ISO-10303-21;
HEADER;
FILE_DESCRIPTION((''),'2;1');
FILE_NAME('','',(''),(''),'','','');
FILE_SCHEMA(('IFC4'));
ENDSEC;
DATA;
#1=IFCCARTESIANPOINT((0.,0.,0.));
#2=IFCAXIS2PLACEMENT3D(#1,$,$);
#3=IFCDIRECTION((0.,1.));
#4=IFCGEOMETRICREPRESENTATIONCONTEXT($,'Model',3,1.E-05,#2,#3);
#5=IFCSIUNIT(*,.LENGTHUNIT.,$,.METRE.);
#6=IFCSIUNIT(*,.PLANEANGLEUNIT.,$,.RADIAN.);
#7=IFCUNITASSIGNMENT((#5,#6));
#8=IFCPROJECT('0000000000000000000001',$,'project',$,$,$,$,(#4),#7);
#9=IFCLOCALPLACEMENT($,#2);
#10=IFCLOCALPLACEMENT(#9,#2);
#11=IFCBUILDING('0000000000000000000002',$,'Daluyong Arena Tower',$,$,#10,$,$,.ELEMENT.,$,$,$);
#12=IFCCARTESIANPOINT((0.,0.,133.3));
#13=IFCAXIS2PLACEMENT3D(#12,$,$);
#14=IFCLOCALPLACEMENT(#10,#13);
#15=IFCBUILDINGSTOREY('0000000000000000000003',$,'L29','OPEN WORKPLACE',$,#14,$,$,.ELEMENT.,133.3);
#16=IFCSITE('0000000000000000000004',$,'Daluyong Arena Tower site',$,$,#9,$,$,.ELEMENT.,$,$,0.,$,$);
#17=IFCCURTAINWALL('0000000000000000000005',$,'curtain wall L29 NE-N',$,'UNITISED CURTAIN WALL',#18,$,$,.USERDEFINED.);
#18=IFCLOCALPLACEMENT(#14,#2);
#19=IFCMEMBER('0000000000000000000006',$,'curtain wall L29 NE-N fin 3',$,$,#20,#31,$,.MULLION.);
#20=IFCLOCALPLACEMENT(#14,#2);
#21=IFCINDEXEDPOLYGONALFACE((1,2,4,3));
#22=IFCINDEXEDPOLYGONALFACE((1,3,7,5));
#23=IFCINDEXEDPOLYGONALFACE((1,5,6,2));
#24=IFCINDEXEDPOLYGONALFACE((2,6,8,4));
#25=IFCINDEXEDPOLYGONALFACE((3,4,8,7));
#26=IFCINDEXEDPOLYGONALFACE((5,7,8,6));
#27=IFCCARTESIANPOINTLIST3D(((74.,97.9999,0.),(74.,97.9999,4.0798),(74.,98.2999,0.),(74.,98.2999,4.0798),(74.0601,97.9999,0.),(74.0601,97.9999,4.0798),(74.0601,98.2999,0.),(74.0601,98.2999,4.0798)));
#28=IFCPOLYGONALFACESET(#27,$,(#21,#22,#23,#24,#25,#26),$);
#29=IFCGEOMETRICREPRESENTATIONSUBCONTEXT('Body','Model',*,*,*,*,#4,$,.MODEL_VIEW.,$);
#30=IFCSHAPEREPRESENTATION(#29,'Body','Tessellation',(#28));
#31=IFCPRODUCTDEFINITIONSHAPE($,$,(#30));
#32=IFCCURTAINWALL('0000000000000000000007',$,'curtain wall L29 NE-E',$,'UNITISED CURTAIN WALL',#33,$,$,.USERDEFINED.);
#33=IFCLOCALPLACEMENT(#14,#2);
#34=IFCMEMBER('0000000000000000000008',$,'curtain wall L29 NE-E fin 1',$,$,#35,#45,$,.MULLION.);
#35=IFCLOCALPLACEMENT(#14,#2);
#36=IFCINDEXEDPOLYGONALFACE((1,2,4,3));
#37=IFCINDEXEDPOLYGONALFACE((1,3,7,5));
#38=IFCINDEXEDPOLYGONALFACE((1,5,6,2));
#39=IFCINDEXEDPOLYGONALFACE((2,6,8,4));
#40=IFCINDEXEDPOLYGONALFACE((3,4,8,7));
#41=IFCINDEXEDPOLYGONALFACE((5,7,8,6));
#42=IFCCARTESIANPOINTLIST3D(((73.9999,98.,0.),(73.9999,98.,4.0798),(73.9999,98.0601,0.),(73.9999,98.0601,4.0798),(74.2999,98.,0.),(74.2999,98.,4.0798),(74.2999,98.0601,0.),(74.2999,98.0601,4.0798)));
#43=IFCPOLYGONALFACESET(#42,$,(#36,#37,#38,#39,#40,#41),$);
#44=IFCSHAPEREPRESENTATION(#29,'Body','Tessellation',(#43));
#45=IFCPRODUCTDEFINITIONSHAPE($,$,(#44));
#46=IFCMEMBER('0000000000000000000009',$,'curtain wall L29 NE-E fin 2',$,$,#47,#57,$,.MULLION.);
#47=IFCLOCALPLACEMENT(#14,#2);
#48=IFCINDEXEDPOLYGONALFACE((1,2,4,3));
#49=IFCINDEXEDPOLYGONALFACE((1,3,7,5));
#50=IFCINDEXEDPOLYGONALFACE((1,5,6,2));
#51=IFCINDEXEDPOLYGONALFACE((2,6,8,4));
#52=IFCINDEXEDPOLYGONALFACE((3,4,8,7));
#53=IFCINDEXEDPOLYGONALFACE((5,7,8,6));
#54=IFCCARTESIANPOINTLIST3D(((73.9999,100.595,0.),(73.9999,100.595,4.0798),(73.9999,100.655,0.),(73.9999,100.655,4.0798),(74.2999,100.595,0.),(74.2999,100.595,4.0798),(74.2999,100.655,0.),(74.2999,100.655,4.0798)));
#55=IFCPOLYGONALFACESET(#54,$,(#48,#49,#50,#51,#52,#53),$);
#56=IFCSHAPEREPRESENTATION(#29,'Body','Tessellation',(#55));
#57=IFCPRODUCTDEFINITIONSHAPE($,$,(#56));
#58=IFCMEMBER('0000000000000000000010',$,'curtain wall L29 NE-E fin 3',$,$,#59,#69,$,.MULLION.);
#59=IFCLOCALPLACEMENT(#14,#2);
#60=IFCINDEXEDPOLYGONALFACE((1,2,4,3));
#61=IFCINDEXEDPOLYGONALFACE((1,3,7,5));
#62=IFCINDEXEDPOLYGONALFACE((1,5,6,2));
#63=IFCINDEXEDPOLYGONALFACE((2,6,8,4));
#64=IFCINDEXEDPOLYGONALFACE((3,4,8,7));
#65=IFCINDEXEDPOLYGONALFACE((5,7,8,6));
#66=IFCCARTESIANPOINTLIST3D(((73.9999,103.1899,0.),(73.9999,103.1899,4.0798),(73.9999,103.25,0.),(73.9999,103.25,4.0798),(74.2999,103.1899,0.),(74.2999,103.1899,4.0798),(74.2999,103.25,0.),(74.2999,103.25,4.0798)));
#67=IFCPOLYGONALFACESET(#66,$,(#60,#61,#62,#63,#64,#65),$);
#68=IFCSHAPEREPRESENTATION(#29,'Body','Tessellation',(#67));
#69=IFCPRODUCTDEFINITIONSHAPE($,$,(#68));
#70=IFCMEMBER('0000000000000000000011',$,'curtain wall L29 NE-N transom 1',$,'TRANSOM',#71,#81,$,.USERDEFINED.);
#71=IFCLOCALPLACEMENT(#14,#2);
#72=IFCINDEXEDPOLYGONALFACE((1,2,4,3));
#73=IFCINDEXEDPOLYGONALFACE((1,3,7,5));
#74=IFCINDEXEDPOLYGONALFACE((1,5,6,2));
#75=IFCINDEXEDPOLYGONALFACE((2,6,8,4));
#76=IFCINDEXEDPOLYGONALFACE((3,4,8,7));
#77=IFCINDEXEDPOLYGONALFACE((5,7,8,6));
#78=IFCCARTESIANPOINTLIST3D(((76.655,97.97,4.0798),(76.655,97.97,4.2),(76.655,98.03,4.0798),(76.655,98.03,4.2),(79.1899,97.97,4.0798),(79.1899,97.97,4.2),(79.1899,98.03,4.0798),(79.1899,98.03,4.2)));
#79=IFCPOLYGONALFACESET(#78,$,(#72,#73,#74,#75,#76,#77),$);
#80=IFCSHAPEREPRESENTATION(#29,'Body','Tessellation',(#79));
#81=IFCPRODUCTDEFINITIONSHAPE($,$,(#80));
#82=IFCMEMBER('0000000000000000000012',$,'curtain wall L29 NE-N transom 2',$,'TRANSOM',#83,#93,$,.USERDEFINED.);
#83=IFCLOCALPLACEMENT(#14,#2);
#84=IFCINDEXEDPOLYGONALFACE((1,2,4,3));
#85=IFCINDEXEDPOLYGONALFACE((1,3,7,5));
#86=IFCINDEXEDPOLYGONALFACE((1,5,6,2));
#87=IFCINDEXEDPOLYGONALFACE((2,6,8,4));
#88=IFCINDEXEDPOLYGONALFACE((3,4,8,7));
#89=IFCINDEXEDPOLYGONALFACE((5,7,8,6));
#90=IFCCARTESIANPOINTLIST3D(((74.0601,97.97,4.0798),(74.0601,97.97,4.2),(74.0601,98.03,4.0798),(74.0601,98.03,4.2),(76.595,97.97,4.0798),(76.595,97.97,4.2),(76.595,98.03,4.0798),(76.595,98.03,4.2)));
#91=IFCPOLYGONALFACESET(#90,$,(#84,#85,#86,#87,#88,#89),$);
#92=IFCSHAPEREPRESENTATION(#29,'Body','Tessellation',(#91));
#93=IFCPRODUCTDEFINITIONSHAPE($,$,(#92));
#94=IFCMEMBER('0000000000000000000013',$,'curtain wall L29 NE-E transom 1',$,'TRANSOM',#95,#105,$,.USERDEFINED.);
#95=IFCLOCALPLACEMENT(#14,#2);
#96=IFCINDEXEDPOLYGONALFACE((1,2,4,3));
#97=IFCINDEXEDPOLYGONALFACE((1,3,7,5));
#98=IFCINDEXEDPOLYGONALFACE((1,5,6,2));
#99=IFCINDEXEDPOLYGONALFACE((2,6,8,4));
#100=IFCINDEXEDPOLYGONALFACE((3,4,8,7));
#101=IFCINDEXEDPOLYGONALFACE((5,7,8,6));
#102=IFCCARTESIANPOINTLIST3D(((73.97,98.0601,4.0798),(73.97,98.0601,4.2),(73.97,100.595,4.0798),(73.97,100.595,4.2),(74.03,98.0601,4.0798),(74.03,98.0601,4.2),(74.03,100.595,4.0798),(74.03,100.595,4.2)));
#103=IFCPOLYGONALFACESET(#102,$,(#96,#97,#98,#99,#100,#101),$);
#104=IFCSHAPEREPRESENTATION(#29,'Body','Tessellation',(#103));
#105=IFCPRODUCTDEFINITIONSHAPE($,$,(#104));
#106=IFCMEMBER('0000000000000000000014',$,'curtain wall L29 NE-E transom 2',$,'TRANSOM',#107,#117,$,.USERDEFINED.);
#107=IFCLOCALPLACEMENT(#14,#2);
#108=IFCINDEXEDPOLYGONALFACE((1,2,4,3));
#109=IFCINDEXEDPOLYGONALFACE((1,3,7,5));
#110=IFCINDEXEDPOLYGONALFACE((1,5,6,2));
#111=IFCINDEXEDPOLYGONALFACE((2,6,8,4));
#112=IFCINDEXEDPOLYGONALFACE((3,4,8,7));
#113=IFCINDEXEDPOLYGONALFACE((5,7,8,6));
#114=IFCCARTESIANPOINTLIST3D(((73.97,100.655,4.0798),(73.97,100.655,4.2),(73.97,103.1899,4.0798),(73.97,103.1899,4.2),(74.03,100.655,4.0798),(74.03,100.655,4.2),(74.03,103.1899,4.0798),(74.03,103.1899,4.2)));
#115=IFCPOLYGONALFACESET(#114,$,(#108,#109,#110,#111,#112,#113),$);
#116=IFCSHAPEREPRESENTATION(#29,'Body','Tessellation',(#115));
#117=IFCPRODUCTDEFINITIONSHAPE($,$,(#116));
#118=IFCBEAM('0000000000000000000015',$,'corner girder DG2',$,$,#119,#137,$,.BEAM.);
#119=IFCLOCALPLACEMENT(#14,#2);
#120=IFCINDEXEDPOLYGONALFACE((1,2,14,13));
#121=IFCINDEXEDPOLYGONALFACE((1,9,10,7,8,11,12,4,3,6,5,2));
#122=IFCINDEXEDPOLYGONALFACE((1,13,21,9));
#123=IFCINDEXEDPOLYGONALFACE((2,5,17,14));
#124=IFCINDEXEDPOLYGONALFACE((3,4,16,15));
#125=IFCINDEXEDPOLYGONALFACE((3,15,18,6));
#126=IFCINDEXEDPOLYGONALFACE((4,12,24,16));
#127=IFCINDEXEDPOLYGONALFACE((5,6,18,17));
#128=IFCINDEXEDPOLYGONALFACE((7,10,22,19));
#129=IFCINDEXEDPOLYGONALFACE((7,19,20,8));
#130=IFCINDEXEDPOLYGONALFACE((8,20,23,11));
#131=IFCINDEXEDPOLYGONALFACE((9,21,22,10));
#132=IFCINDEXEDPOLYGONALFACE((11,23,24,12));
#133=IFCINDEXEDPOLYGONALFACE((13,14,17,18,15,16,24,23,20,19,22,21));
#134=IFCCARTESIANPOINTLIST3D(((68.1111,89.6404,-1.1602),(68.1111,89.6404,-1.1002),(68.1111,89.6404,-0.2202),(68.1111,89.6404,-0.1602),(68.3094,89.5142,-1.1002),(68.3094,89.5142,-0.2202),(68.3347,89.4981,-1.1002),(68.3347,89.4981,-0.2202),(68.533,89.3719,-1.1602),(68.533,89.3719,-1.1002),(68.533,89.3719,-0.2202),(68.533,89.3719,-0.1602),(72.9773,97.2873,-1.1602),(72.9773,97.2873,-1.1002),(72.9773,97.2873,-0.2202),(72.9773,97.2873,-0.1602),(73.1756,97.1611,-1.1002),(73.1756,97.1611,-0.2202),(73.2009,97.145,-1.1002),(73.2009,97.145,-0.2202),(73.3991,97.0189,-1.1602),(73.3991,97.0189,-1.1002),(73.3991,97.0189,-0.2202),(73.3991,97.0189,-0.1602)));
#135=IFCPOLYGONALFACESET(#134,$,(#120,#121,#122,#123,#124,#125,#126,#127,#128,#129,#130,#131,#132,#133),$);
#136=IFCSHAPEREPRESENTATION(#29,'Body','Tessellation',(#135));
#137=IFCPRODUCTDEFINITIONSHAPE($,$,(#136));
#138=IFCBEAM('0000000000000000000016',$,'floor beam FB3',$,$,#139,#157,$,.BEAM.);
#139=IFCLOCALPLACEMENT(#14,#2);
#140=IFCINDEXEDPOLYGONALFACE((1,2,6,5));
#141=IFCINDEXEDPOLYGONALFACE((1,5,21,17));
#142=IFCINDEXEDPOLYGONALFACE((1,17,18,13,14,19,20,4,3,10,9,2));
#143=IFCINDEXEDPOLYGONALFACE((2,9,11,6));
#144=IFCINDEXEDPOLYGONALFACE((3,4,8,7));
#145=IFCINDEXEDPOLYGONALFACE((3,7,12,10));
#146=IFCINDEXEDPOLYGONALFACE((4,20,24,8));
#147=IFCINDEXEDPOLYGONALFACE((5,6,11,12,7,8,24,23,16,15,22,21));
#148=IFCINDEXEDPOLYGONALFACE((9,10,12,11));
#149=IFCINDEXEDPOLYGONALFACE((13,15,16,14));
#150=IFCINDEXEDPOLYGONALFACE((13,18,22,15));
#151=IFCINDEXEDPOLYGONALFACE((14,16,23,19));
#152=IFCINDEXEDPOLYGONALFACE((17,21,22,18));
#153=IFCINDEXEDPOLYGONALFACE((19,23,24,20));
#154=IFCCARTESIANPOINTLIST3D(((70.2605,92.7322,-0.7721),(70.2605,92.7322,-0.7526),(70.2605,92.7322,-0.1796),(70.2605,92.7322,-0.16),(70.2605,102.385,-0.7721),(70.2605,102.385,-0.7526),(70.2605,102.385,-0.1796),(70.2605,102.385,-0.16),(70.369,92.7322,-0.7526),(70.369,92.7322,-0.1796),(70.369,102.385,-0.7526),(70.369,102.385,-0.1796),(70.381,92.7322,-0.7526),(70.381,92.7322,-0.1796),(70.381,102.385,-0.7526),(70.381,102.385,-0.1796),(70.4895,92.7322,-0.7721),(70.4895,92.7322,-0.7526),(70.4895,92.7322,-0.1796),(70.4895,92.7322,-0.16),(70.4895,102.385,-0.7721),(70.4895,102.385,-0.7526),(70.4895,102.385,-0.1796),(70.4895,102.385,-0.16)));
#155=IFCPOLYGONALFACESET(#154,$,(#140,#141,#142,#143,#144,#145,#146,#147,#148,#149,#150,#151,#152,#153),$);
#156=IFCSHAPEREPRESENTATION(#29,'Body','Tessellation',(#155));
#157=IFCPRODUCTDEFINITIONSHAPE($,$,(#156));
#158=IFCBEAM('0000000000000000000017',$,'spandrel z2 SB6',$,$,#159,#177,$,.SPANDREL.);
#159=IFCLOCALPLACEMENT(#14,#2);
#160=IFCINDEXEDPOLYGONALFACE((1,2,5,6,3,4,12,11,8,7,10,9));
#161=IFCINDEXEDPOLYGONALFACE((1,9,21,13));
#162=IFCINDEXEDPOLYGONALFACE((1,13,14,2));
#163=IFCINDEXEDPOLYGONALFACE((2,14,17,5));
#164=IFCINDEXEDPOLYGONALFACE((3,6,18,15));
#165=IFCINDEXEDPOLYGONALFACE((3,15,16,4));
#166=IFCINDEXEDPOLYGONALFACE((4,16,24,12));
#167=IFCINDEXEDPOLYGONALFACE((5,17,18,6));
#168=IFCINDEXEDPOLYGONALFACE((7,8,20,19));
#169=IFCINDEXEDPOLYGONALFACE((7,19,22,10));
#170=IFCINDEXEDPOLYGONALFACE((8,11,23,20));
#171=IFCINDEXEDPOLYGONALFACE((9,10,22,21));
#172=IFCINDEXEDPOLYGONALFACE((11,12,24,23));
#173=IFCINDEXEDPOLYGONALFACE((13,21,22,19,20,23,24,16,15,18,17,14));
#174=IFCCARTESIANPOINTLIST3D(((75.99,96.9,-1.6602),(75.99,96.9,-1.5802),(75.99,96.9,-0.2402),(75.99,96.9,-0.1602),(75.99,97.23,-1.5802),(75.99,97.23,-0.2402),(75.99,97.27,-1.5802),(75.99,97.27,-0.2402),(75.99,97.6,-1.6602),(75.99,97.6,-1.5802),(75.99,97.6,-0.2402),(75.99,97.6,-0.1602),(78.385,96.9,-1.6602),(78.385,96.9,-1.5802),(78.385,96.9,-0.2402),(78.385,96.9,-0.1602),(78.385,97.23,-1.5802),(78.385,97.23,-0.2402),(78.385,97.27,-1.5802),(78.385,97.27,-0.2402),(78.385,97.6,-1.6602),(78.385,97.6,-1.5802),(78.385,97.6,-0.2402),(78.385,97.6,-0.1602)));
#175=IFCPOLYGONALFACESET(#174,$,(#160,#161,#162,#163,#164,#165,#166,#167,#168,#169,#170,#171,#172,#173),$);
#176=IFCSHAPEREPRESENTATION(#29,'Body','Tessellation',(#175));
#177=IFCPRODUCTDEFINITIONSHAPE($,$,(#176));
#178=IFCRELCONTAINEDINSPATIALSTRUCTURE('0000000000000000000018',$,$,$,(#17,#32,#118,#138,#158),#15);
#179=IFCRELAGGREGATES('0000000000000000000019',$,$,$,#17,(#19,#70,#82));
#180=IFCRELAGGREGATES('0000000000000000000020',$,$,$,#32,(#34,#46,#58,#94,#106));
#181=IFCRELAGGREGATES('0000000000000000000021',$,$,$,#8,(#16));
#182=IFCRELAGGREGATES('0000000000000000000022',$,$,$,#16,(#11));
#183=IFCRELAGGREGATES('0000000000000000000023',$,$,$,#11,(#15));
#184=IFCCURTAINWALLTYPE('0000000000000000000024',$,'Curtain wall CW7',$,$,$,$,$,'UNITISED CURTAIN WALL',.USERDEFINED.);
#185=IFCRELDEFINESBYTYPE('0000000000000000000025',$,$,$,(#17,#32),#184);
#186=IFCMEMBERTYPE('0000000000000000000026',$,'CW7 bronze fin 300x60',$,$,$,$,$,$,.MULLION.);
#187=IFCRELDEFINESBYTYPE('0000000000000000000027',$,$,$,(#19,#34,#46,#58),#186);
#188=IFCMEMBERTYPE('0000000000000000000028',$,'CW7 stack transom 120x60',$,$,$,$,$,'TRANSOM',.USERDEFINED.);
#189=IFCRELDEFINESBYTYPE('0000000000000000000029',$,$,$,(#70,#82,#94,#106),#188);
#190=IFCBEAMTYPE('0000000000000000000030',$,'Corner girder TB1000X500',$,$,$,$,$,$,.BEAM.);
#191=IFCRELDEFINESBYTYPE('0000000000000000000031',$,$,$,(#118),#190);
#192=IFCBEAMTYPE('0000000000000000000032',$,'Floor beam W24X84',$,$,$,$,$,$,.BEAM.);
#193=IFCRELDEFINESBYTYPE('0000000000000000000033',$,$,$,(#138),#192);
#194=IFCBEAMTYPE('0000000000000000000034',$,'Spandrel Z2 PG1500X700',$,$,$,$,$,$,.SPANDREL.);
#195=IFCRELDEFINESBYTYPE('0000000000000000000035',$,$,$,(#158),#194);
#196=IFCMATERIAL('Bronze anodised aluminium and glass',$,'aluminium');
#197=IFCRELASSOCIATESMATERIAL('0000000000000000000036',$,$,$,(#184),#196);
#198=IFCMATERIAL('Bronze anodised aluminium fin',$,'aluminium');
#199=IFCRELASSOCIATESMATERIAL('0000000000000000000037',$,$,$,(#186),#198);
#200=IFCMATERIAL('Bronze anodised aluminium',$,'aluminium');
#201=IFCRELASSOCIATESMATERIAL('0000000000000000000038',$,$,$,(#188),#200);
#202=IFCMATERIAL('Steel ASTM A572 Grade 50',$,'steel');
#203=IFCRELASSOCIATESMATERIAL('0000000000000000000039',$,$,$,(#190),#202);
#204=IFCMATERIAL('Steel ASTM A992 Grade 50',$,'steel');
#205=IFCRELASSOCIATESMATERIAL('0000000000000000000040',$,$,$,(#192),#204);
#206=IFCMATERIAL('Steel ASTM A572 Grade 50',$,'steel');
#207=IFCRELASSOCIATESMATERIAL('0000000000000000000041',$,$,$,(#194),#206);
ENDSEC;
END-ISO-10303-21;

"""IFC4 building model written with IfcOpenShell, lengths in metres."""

from ifc_helpers import new_model, si_unit, direction, frame, origin, origin_2d, place, context, subcontext, project, spatial, rectangle, i_section, extrude, material, material_profile, profile_set, type_object, element, aggregate, save


model = new_model("IFC4")

# Units and contexts
model_context = context("Model", 3, precision=1e-05, world=origin(), true_north=direction((0.0, 1.0)))
body_context = subcontext(model_context, "Body", "Model", "MODEL_VIEW")
ifc_project = project(units=[si_unit("LENGTHUNIT", "METRE"), si_unit("PLANEANGLEUNIT", "RADIAN")], contexts=[model_context])

# Site, building, storey
site_placement = place(None, origin())
site = spatial("IfcSite", under=ifc_project, at=site_placement, Name="Daluyong Arena Tower site", CompositionType="ELEMENT", RefElevation=0.0)
building_placement = place(site_placement, origin())
building = spatial("IfcBuilding", under=site, at=building_placement, Name="Daluyong Arena Tower", CompositionType="ELEMENT")
storey_placement = place(building_placement, frame((0.0, 0.0, 133.3)))
storey = spatial("IfcBuildingStorey", under=building, at=storey_placement, Name="L29", Description="OPEN WORKPLACE", CompositionType="ELEMENT", Elevation=133.3)

# Curtain walls, members
ifc_material_1 = material(Name="Bronze anodised aluminium and glass", Category="aluminium")
curtain_wall_type_1 = type_object("IfcCurtainWallType", Name="Curtain wall CW7", ElementType="UNITISED CURTAIN WALL", PredefinedType="USERDEFINED", material=ifc_material_1)
curtain_wall_1_placement = place(storey_placement, origin())
curtain_wall_1 = element("IfcCurtainWall", 1, at=curtain_wall_1_placement, inside=storey, type_object=curtain_wall_type_1, Name="curtain wall L29 NE-N", ObjectType="UNITISED CURTAIN WALL", PredefinedType="USERDEFINED")
ifc_material_2 = material(Name="Bronze anodised aluminium fin", Category="aluminium")
ifc_material_profile_1 = material_profile(ifc_material_2, rectangle(XDim=0.3, YDim=0.0601, at=origin_2d()))
ifc_profile_set_1 = profile_set([ifc_material_profile_1], Name="Bronze anodised aluminium fin")
member_type_1 = type_object("IfcMemberType", Name="CW7 bronze fin 300x60", PredefinedType="MULLION", material=ifc_profile_set_1)
member_1_placement = place(storey_placement, frame((74.03, 98.1499, 0.0), z_axis=(0.0, 0.0, 1.0), x_axis=(0.0, -1.0, 0.0)))
member_1 = element("IfcMember", 2, at=member_1_placement, type_object=member_type_1, Name="curtain wall L29 NE-N fin 3", PredefinedType="MULLION", context=body_context, shape_type="SweptSolid", body=[
    extrude(rectangle(XDim=0.3, YDim=0.0601, at=origin_2d()), origin(), (0.0, 0.0, 1.0), 4.0798),
])
curtain_wall_2_placement = place(storey_placement, origin())
curtain_wall_2 = element("IfcCurtainWall", 3, at=curtain_wall_2_placement, inside=storey, type_object=curtain_wall_type_1, Name="curtain wall L29 NE-E", ObjectType="UNITISED CURTAIN WALL", PredefinedType="USERDEFINED")
member_2_placement = place(storey_placement, frame((74.1499, 98.03, 0.0), z_axis=(0.0, 0.0, 1.0), x_axis=(-1.0, 0.0, 0.0)))
member_2 = element("IfcMember", 4, at=member_2_placement, type_object=member_type_1, Name="curtain wall L29 NE-E fin 1", PredefinedType="MULLION", context=body_context, shape_type="SweptSolid", body=[
    extrude(rectangle(XDim=0.3, YDim=0.0601, at=origin_2d()), origin(), (0.0, 0.0, 1.0), 4.0798),
])
member_3_placement = place(storey_placement, frame((74.1499, 100.625, 0.0), z_axis=(0.0, 0.0, 1.0), x_axis=(-1.0, 0.0, 0.0)))
member_3 = element("IfcMember", 5, at=member_3_placement, type_object=member_type_1, Name="curtain wall L29 NE-E fin 2", PredefinedType="MULLION", context=body_context, shape_type="SweptSolid", body=[
    extrude(rectangle(XDim=0.3, YDim=0.0601, at=origin_2d()), origin(), (0.0, 0.0, 1.0), 4.0798),
])
member_4_placement = place(storey_placement, frame((74.1499, 103.22, 0.0), z_axis=(0.0, 0.0, 1.0), x_axis=(-1.0, 0.0, 0.0)))
member_4 = element("IfcMember", 6, at=member_4_placement, type_object=member_type_1, Name="curtain wall L29 NE-E fin 3", PredefinedType="MULLION", context=body_context, shape_type="SweptSolid", body=[
    extrude(rectangle(XDim=0.3, YDim=0.0601, at=origin_2d()), origin(), (0.0, 0.0, 1.0), 4.0798),
])

# Members
ifc_material_3 = material(Name="Bronze anodised aluminium", Category="aluminium")
ifc_material_profile_2 = material_profile(ifc_material_3, rectangle(XDim=0.0601, YDim=0.1201, at=origin_2d()))
ifc_profile_set_2 = profile_set([ifc_material_profile_2], Name="Bronze anodised aluminium")
member_type_2 = type_object("IfcMemberType", Name="CW7 stack transom 120x60", ElementType="TRANSOM", PredefinedType="USERDEFINED", material=ifc_profile_set_2)
member_5_placement = place(storey_placement, frame((79.1899, 98.0, 4.1399), z_axis=(-1.0, 0.0, 0.0), x_axis=(0.0, -1.0, 0.0)))
member_5 = element("IfcMember", 7, at=member_5_placement, type_object=member_type_2, Name="curtain wall L29 NE-N transom 1", ObjectType="TRANSOM", PredefinedType="USERDEFINED", context=body_context, shape_type="SweptSolid", body=[
    extrude(rectangle(XDim=0.0601, YDim=0.1201, at=origin_2d()), origin(), (0.0, 0.0, 1.0), 2.5349),
])
member_6_placement = place(storey_placement, frame((76.595, 98.0, 4.1399), z_axis=(-1.0, 0.0, 0.0), x_axis=(0.0, -1.0, 0.0)))
member_6 = element("IfcMember", 8, at=member_6_placement, type_object=member_type_2, Name="curtain wall L29 NE-N transom 2", ObjectType="TRANSOM", PredefinedType="USERDEFINED", context=body_context, shape_type="SweptSolid", body=[
    extrude(rectangle(XDim=0.0601, YDim=0.1201, at=origin_2d()), origin(), (0.0, 0.0, 1.0), 2.5349),
])
member_7_placement = place(storey_placement, frame((74.0, 98.0601, 4.1399), z_axis=(0.0, 1.0, 0.0), x_axis=(-1.0, 0.0, 0.0)))
member_7 = element("IfcMember", 9, at=member_7_placement, type_object=member_type_2, Name="curtain wall L29 NE-E transom 1", ObjectType="TRANSOM", PredefinedType="USERDEFINED", context=body_context, shape_type="SweptSolid", body=[
    extrude(rectangle(XDim=0.0601, YDim=0.1201, at=origin_2d()), origin(), (0.0, 0.0, 1.0), 2.5349),
])
member_8_placement = place(storey_placement, frame((74.0, 100.655, 4.1399), z_axis=(0.0, 1.0, 0.0), x_axis=(-1.0, 0.0, 0.0)))
member_8 = element("IfcMember", 10, at=member_8_placement, type_object=member_type_2, Name="curtain wall L29 NE-E transom 2", ObjectType="TRANSOM", PredefinedType="USERDEFINED", context=body_context, shape_type="SweptSolid", body=[
    extrude(rectangle(XDim=0.0601, YDim=0.1201, at=origin_2d()), origin(), (0.0, 0.0, 1.0), 2.5349),
])

# Beams
ifc_material_4 = material(Name="Steel ASTM A572 Grade 50", Category="steel")
ifc_material_profile_3 = material_profile(ifc_material_4, i_section(OverallWidth=0.5, OverallDepth=1.0, WebThickness=0.03, FlangeThickness=0.06, at=origin_2d()))
ifc_profile_set_3 = profile_set([ifc_material_profile_3], Name="Steel ASTM A572 Grade 50")
beam_type_1 = type_object("IfcBeamType", Name="Corner girder TB1000X500", PredefinedType="BEAM", material=ifc_profile_set_3)
beam_1_placement = place(storey_placement, frame((73.1882, 97.1531, -0.6602), z_axis=(-0.536872, -0.843664, 0.0), x_axis=(0.843664, -0.536872, 0.0)))
element("IfcBeam", 11, at=beam_1_placement, inside=storey, type_object=beam_type_1, Name="corner girder DG2", PredefinedType="BEAM", context=body_context, shape_type="SweptSolid", body=[
    extrude(i_section(OverallWidth=0.5, OverallDepth=1.0, WebThickness=0.03, FlangeThickness=0.06, at=origin_2d()), origin(), (0.0, 0.0, 1.0), 9.064),
])
ifc_material_5 = material(Name="Steel ASTM A992 Grade 50", Category="steel")
ifc_material_profile_4 = material_profile(ifc_material_5, i_section(OverallWidth=0.229, OverallDepth=0.6121, WebThickness=0.012, FlangeThickness=0.0195, at=origin_2d()))
ifc_profile_set_4 = profile_set([ifc_material_profile_4], Name="Steel ASTM A992 Grade 50")
beam_type_2 = type_object("IfcBeamType", Name="Floor beam W24X84", PredefinedType="BEAM", material=ifc_profile_set_4)
beam_2_placement = place(storey_placement, frame((70.375, 102.385, -0.4661), z_axis=(0.0, -1.0, 0.0), x_axis=(1.0, 0.0, 0.0)))
element("IfcBeam", 12, at=beam_2_placement, inside=storey, type_object=beam_type_2, Name="floor beam FB3", PredefinedType="BEAM", context=body_context, shape_type="SweptSolid", body=[
    extrude(i_section(OverallWidth=0.229, OverallDepth=0.6121, WebThickness=0.012, FlangeThickness=0.0195, at=origin_2d()), origin(), (0.0, 0.0, 1.0), 9.6528),
])
ifc_material_6 = material(Name="Steel ASTM A572 Grade 50", Category="steel")
ifc_material_profile_5 = material_profile(ifc_material_6, i_section(OverallWidth=0.7, OverallDepth=1.5, WebThickness=0.04, FlangeThickness=0.08, at=origin_2d()))
ifc_profile_set_5 = profile_set([ifc_material_profile_5], Name="Steel ASTM A572 Grade 50")
beam_type_3 = type_object("IfcBeamType", Name="Spandrel Z2 PG1500X700", PredefinedType="SPANDREL", material=ifc_profile_set_5)
for number, where, z_axis, x_axis, name in (
    (13, (78.385, 97.25, -0.9102), (-1.0, 0.0, 0.0), (0.0, -1.0, 0.0), "spandrel z2 SB6"),
):
    element("IfcBeam", number, at=place(storey_placement, frame(where, z_axis=z_axis, x_axis=x_axis)), inside=storey, type_object=beam_type_3, Name=name, PredefinedType="SPANDREL", context=body_context, shape_type="SweptSolid", body=[
        extrude(i_section(OverallWidth=0.7, OverallDepth=1.5, WebThickness=0.04, FlangeThickness=0.08, at=origin_2d()), origin(), (0.0, 0.0, 1.0), 2.395),
    ])

aggregate(curtain_wall_1, [member_1, member_5, member_6])
aggregate(curtain_wall_2, [member_2, member_3, member_4, member_7, member_8])

save(model, "model.ifc")
